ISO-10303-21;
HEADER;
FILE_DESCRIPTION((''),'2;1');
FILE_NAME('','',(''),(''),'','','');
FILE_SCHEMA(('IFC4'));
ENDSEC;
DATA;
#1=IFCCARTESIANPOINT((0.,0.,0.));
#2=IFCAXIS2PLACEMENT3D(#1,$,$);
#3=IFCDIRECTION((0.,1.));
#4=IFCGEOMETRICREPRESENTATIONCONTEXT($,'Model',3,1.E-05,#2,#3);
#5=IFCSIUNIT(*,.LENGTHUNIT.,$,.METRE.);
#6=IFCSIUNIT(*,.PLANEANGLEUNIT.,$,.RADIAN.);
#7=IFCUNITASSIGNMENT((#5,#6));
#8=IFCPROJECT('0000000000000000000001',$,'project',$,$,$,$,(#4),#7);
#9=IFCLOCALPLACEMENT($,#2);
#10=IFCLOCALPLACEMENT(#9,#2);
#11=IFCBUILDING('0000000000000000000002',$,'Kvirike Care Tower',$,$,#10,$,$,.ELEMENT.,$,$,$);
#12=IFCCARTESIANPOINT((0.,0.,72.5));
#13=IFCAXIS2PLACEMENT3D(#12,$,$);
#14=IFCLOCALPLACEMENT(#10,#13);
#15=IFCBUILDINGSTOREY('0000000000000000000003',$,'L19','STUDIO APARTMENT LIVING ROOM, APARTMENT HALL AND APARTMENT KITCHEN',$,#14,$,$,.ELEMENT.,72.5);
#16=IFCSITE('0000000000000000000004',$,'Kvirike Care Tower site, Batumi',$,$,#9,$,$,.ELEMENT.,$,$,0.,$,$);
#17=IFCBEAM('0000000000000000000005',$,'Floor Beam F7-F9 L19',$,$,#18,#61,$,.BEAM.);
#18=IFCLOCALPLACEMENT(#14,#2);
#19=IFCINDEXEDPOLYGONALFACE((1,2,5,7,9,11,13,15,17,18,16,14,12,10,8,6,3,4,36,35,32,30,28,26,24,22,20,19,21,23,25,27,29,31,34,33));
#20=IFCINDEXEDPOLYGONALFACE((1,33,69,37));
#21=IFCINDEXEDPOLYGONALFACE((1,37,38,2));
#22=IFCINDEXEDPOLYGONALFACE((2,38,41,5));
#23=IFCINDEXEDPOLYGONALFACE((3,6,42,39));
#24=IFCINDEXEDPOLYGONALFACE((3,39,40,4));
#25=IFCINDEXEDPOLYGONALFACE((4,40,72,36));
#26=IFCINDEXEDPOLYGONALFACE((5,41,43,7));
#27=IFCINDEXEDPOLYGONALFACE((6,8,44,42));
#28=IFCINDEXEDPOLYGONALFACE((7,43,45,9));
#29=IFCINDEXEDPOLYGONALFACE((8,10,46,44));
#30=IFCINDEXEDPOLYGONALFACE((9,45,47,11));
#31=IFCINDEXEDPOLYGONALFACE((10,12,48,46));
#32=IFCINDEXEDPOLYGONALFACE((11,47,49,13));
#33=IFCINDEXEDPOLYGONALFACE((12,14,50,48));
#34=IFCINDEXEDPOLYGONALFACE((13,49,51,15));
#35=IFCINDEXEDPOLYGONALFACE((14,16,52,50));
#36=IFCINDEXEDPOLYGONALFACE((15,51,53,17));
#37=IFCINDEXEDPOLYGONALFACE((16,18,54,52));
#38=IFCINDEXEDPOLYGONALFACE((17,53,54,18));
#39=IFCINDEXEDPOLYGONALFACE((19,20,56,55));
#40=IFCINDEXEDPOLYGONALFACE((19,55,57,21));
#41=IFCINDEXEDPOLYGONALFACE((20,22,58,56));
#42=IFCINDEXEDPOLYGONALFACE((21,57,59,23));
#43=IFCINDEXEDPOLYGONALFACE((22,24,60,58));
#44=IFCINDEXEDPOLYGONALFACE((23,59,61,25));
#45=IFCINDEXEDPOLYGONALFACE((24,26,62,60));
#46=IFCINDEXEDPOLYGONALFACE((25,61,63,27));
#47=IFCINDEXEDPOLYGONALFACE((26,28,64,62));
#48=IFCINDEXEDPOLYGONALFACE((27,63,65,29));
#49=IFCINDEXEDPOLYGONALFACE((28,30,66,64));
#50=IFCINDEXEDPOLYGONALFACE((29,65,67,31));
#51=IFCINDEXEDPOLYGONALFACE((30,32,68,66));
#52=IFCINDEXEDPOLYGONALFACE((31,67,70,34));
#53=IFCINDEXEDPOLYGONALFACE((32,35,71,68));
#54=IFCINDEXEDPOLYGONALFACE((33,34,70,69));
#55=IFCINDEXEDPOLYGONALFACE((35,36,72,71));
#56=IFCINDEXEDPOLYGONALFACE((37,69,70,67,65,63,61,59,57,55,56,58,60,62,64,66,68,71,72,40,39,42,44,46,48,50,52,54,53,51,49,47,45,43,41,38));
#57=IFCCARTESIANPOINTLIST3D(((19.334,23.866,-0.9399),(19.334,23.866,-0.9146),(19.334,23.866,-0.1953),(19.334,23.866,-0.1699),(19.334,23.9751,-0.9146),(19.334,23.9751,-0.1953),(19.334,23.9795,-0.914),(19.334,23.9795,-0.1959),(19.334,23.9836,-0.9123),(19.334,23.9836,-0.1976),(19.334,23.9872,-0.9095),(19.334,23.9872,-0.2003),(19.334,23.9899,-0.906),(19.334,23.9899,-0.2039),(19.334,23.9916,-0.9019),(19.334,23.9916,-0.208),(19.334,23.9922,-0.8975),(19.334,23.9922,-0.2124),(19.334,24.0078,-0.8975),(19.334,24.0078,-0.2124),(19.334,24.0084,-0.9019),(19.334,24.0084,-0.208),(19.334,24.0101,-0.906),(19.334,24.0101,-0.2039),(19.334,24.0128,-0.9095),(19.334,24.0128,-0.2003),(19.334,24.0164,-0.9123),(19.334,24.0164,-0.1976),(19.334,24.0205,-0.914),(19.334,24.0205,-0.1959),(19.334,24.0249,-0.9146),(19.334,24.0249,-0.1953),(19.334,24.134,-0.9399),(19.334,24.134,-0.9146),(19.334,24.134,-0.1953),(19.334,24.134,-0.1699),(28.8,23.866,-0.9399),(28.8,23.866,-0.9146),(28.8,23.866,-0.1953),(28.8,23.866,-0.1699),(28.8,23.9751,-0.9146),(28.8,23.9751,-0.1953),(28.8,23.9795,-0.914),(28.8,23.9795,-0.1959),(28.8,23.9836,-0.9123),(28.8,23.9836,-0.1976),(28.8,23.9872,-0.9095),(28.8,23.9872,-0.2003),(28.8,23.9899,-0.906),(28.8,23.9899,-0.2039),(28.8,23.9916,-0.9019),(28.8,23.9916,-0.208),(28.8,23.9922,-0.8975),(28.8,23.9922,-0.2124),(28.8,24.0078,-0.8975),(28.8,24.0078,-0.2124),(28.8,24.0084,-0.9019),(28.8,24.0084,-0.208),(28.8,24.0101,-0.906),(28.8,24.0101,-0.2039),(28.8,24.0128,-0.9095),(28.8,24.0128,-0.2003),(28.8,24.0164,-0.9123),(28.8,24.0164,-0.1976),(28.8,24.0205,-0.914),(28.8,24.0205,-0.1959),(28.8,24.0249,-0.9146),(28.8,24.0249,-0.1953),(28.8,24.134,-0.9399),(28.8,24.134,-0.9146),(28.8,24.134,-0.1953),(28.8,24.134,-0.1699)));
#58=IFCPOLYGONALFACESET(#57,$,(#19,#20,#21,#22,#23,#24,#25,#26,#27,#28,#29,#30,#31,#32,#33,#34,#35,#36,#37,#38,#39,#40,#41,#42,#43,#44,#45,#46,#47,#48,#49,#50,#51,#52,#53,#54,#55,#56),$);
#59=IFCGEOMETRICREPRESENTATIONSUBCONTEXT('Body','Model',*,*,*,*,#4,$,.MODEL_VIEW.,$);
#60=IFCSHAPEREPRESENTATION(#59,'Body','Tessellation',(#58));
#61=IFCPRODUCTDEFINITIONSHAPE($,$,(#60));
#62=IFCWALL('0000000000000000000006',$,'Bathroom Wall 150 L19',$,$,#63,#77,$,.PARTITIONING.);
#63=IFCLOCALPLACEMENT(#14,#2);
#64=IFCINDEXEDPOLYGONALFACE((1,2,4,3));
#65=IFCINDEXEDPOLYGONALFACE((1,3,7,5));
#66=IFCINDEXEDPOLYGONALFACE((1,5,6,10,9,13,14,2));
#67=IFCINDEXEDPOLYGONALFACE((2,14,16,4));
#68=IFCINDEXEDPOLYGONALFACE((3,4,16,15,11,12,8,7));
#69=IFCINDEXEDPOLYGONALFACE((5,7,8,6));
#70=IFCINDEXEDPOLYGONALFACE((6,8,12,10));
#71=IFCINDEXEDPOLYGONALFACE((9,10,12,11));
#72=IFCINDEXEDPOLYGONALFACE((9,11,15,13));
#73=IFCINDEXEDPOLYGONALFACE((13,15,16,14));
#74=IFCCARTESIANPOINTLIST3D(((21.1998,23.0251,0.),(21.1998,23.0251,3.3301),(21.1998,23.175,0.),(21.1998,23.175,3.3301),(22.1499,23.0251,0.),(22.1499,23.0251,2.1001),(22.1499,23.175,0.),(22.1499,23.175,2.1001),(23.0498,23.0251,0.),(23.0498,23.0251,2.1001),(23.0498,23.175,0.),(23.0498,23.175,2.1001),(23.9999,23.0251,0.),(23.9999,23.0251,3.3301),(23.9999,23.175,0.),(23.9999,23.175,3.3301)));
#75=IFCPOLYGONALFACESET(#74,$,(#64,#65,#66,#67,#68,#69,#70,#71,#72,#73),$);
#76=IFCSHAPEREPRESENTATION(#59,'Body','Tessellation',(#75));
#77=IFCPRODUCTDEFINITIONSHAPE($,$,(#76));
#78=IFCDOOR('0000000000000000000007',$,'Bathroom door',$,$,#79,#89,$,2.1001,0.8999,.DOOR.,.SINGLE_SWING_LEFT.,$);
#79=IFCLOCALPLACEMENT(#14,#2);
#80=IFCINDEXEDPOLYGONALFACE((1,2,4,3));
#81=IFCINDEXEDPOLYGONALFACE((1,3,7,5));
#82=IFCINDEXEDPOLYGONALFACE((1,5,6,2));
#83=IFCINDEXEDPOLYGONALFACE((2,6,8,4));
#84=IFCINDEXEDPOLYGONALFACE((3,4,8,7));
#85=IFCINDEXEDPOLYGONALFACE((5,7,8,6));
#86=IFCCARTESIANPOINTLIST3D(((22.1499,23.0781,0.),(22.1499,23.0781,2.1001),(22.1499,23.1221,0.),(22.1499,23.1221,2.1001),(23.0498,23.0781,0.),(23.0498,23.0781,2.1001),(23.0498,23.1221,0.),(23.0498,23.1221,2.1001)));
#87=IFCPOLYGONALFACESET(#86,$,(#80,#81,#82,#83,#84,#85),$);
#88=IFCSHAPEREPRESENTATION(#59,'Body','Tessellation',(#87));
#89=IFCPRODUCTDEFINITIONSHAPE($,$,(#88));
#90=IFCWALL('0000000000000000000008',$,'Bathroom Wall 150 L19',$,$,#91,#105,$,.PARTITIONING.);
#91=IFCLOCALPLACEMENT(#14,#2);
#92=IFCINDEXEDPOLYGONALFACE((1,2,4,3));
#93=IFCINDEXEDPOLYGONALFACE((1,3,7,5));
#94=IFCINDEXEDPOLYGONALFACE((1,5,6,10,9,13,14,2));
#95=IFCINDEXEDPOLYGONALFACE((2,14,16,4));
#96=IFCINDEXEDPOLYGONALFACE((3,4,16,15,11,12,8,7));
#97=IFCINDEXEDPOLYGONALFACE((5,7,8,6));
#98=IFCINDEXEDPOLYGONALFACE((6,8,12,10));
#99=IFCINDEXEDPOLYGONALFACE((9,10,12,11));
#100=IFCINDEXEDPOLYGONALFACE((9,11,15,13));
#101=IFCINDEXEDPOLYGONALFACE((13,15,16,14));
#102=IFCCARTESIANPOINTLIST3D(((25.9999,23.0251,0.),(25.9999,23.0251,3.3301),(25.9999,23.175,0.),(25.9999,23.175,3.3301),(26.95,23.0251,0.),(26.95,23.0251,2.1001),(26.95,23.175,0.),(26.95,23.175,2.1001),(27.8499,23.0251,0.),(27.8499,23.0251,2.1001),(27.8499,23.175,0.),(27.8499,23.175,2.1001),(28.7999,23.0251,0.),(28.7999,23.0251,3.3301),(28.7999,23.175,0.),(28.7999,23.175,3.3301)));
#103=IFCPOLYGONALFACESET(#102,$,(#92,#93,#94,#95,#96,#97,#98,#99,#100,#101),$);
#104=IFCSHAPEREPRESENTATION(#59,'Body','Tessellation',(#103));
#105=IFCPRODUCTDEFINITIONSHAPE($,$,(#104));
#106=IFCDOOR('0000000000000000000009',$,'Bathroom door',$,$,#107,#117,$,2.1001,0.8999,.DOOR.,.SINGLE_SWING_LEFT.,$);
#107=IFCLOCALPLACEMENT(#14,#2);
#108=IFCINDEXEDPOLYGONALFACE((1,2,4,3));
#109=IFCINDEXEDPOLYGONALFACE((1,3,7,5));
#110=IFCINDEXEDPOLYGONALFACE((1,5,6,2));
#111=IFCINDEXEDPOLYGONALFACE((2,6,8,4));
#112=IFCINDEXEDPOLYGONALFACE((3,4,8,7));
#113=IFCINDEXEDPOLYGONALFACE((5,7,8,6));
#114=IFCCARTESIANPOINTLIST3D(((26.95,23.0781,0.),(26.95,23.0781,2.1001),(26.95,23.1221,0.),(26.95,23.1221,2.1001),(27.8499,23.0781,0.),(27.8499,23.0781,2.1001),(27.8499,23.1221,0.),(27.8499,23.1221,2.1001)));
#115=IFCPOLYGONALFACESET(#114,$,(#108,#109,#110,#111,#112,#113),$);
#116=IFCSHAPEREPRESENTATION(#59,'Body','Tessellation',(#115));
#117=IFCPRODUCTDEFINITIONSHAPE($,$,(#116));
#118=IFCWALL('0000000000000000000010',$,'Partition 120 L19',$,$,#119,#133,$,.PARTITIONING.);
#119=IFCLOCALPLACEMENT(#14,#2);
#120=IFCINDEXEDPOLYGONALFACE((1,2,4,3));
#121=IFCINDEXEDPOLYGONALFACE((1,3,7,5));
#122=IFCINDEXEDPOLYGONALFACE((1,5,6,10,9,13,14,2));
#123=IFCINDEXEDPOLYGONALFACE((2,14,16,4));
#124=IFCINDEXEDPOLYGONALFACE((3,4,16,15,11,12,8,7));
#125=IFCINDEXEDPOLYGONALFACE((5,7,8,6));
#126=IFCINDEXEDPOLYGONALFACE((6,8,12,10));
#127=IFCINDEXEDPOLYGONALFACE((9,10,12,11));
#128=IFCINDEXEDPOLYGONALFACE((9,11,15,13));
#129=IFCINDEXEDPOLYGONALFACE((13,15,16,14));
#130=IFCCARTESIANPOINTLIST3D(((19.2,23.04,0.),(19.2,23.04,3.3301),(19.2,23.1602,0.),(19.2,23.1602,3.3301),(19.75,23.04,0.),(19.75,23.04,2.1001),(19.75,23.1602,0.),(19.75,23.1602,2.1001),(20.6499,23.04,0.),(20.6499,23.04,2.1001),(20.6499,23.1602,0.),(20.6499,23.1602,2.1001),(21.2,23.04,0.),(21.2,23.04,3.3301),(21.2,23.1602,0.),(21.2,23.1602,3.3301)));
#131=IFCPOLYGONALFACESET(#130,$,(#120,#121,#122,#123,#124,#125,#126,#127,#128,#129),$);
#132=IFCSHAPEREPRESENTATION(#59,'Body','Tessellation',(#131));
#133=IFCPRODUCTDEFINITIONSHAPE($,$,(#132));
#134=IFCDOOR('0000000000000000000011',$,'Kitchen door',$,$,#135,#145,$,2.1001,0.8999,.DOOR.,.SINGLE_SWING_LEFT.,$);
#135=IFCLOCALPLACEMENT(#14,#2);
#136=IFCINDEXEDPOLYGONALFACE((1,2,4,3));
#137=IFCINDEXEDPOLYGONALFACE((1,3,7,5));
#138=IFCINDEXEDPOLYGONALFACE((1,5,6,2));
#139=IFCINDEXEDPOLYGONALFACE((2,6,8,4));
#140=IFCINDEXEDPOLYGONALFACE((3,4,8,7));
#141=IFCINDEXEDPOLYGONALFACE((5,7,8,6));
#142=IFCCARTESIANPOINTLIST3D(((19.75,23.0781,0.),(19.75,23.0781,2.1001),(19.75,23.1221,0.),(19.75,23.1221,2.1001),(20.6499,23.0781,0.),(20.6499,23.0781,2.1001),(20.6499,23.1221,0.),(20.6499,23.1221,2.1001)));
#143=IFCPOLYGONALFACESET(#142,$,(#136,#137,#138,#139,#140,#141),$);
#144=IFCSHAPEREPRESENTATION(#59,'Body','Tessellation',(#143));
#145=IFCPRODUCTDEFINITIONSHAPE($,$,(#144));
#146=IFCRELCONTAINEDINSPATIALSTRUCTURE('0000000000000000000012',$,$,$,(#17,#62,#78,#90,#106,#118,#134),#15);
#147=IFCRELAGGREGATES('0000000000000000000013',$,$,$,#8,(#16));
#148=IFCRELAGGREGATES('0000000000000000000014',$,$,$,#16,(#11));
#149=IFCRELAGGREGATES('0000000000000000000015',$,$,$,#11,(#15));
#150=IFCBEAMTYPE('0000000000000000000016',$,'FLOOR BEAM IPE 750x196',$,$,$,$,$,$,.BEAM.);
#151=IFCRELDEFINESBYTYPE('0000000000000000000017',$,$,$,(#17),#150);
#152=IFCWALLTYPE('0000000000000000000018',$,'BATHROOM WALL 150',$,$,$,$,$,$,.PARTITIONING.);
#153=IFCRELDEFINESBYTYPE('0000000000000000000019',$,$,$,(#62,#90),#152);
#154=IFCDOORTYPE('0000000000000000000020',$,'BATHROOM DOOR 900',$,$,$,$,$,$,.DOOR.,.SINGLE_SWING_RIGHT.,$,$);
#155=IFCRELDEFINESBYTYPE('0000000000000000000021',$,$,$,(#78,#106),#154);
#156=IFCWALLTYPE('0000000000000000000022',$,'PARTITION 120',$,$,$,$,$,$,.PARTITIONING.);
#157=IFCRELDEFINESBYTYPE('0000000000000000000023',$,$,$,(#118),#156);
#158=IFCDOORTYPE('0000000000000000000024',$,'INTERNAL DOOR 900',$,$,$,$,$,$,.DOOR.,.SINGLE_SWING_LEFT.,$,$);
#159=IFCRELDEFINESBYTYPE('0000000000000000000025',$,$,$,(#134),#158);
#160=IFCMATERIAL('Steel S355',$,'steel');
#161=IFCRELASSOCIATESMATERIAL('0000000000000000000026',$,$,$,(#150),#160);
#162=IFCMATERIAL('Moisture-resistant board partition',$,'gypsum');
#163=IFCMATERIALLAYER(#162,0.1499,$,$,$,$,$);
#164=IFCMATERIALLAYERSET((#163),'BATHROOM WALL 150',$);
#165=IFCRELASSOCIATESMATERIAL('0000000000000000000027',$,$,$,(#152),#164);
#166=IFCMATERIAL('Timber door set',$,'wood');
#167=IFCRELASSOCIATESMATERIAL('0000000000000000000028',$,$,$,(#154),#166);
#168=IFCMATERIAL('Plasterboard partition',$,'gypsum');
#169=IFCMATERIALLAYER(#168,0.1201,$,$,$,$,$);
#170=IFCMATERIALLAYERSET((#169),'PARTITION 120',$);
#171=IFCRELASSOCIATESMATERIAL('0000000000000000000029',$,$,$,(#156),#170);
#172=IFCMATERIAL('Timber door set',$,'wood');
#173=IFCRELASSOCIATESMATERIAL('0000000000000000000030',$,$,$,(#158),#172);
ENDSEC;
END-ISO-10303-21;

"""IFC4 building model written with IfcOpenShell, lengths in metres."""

from ifc_helpers import new_model, si_unit, direction, frame, frame_2d, origin, origin_2d, place, context, subcontext, project, spatial, rectangle, i_section, extrude, material, layer, layer_set, material_profile, profile_set, type_object, element, fill, save


model = new_model("IFC4")

# Units and contexts
model_context = context("Model", 3, precision=1e-05, world=origin(), true_north=direction((0.0, 1.0)))
body_context = subcontext(model_context, "Body", "Model", "MODEL_VIEW")
ifc_project = project(units=[si_unit("LENGTHUNIT", "METRE"), si_unit("PLANEANGLEUNIT", "RADIAN")], contexts=[model_context])

# Site, building, storey
site_placement = place(None, origin())
site = spatial("IfcSite", under=ifc_project, at=site_placement, Name="Kvirike Care Tower site, Batumi", CompositionType="ELEMENT", RefElevation=0.0)
building_placement = place(site_placement, origin())
building = spatial("IfcBuilding", under=site, at=building_placement, Name="Kvirike Care Tower", CompositionType="ELEMENT")
storey_placement = place(building_placement, frame((0.0, 0.0, 72.5)))
storey = spatial("IfcBuildingStorey", under=building, at=storey_placement, Name="L19", Description="STUDIO APARTMENT LIVING ROOM, APARTMENT HALL AND APARTMENT KITCHEN", CompositionType="ELEMENT", Elevation=72.5)

# Beam
ifc_material_1 = material(Name="Steel S355", Category="steel")
ifc_material_profile = material_profile(ifc_material_1, i_section(OverallWidth=0.2681, OverallDepth=0.77, WebThickness=0.0156, FlangeThickness=0.0254, FilletRadius=0.0171, at=origin_2d()), Name="IPE 750x196")
ifc_profile_set = profile_set([ifc_material_profile], Name="Steel S355")
beam_type = type_object("IfcBeamType", Name="FLOOR BEAM IPE 750x196", PredefinedType="BEAM", material=ifc_profile_set)
beam_placement = place(storey_placement, frame((19.334, 24.0, -0.5549), z_axis=(1.0, 0.0, 0.0), x_axis=(0.0, 1.0, 0.0)))
element("IfcBeam", 1, at=beam_placement, inside=storey, type_object=beam_type, Name="Floor Beam F7-F9 L19", PredefinedType="BEAM", context=body_context, shape_type="SweptSolid", body=[
    extrude(i_section(OverallWidth=0.2681, OverallDepth=0.77, WebThickness=0.0156, FlangeThickness=0.0254, FilletRadius=0.0171, at=origin_2d()), origin(), (0.0, 0.0, 1.0), 9.4661),
])

# Walls, openings, doors
ifc_material_2 = material(Name="Moisture-resistant board partition", Category="gypsum")
ifc_layer_1 = layer(ifc_material_2, 0.1499)
ifc_layer_set_1 = layer_set([ifc_layer_1], Name="BATHROOM WALL 150")
wall_type_1 = type_object("IfcWallType", Name="BATHROOM WALL 150", PredefinedType="PARTITIONING", material=ifc_layer_set_1)
wall_1_placement = place(storey_placement, frame((21.2, 23.1001, 0.0), z_axis=(0.0, 0.0, 1.0), x_axis=(1.0, 0.0, 0.0)))
wall_1 = element("IfcWall", 2, at=wall_1_placement, inside=storey, type_object=wall_type_1, Name="Bathroom Wall 150 L19", PredefinedType="PARTITIONING", context=body_context, shape_type="SweptSolid", body=[
    extrude(rectangle(XDim=2.8, YDim=0.1499, at=frame_2d((1.3999, 0.0))), origin(), (0.0, 0.0, 1.0), 3.3301),
])
opening_1_placement = place(wall_1_placement, frame((0.95, 0.0, 0.0)))
opening_1 = element("IfcOpeningElement", 3, at=opening_1_placement, cuts=wall_1, PredefinedType="OPENING", context=body_context, shape_type="SweptSolid", body=[
    extrude(rectangle(XDim=0.8999, YDim=2.1001, at=frame_2d((0.45, 1.05))), frame((0.0, 0.0854, 0.0), z_axis=(0.0, -1.0, 0.0), x_axis=(1.0, 0.0, 0.0)), (0.0, 0.0, 1.0), 0.1709),
])
ifc_material_3 = material(Name="Timber door set", Category="wood")
door_type_1 = type_object("IfcDoorType", Name="BATHROOM DOOR 900", OperationType="SINGLE_SWING_RIGHT", PredefinedType="DOOR", material=ifc_material_3)
door_1_placement = place(opening_1_placement, frame((0.8999, 0.0, 0.0), z_axis=(0.0, 0.0, 1.0), x_axis=(-1.0, 0.0, 0.0)))
door_1 = element("IfcDoor", 4, at=door_1_placement, inside=storey, type_object=door_type_1, Name="Bathroom door", OperationType="SINGLE_SWING_LEFT", OverallHeight=2.1001, OverallWidth=0.8999, PredefinedType="DOOR", context=body_context, shape_type="SweptSolid", body=[
    extrude(rectangle(XDim=0.8999, YDim=2.1001, at=frame_2d((0.45, 1.05))), frame((0.0, 0.022, 0.0), z_axis=(0.0, -1.0, 0.0), x_axis=(1.0, 0.0, 0.0)), (0.0, 0.0, 1.0), 0.0439),
])
fill(opening_1, door_1)
wall_2_placement = place(storey_placement, frame((26.0, 23.1001, 0.0), z_axis=(0.0, 0.0, 1.0), x_axis=(1.0, 0.0, 0.0)))
wall_2 = element("IfcWall", 5, at=wall_2_placement, inside=storey, type_object=wall_type_1, Name="Bathroom Wall 150 L19", PredefinedType="PARTITIONING", context=body_context, shape_type="SweptSolid", body=[
    extrude(rectangle(XDim=2.8, YDim=0.1499, at=frame_2d((1.3999, 0.0))), origin(), (0.0, 0.0, 1.0), 3.3301),
])
opening_2_placement = place(wall_2_placement, frame((0.95, 0.0, 0.0)))
opening_2 = element("IfcOpeningElement", 6, at=opening_2_placement, cuts=wall_2, PredefinedType="OPENING", context=body_context, shape_type="SweptSolid", body=[
    extrude(rectangle(XDim=0.8999, YDim=2.1001, at=frame_2d((0.45, 1.05))), frame((0.0, 0.0854, 0.0), z_axis=(0.0, -1.0, 0.0), x_axis=(1.0, 0.0, 0.0)), (0.0, 0.0, 1.0), 0.1709),
])
door_2_placement = place(opening_2_placement, frame((0.8999, 0.0, 0.0), z_axis=(0.0, 0.0, 1.0), x_axis=(-1.0, 0.0, 0.0)))
door_2 = element("IfcDoor", 7, at=door_2_placement, inside=storey, type_object=door_type_1, Name="Bathroom door", OperationType="SINGLE_SWING_LEFT", OverallHeight=2.1001, OverallWidth=0.8999, PredefinedType="DOOR", context=body_context, shape_type="SweptSolid", body=[
    extrude(rectangle(XDim=0.8999, YDim=2.1001, at=frame_2d((0.45, 1.05))), frame((0.0, 0.022, 0.0), z_axis=(0.0, -1.0, 0.0), x_axis=(1.0, 0.0, 0.0)), (0.0, 0.0, 1.0), 0.0439),
])
fill(opening_2, door_2)
ifc_material_4 = material(Name="Plasterboard partition", Category="gypsum")
ifc_layer_2 = layer(ifc_material_4, 0.1201)
ifc_layer_set_2 = layer_set([ifc_layer_2], Name="PARTITION 120")
wall_type_2 = type_object("IfcWallType", Name="PARTITION 120", PredefinedType="PARTITIONING", material=ifc_layer_set_2)
wall_3_placement = place(storey_placement, frame((19.2, 23.1001, 0.0), z_axis=(0.0, 0.0, 1.0), x_axis=(1.0, 0.0, 0.0)))
wall_3 = element("IfcWall", 8, at=wall_3_placement, inside=storey, type_object=wall_type_2, Name="Partition 120 L19", PredefinedType="PARTITIONING", context=body_context, shape_type="SweptSolid", body=[
    extrude(rectangle(XDim=2.0, YDim=0.1201, at=frame_2d((1.0, 0.0))), origin(), (0.0, 0.0, 1.0), 3.3301),
])
opening_3_placement = place(wall_3_placement, frame((0.55, 0.0, 0.0)))
opening_3 = element("IfcOpeningElement", 9, at=opening_3_placement, cuts=wall_3, PredefinedType="OPENING", context=body_context, shape_type="SweptSolid", body=[
    extrude(rectangle(XDim=0.8999, YDim=2.1001, at=frame_2d((0.45, 1.05))), frame((0.0, 0.0706, 0.0), z_axis=(0.0, -1.0, 0.0), x_axis=(1.0, 0.0, 0.0)), (0.0, 0.0, 1.0), 0.1411),
])
ifc_material_5 = material(Name="Timber door set", Category="wood")
door_type_2 = type_object("IfcDoorType", Name="INTERNAL DOOR 900", OperationType="SINGLE_SWING_LEFT", PredefinedType="DOOR", material=ifc_material_5)
door_3_placement = place(opening_3_placement, frame((0.8999, 0.0, 0.0), z_axis=(0.0, 0.0, 1.0), x_axis=(-1.0, 0.0, 0.0)))
door_3 = element("IfcDoor", 10, at=door_3_placement, inside=storey, type_object=door_type_2, Name="Kitchen door", OperationType="SINGLE_SWING_LEFT", OverallHeight=2.1001, OverallWidth=0.8999, PredefinedType="DOOR", context=body_context, shape_type="SweptSolid", body=[
    extrude(rectangle(XDim=0.8999, YDim=2.1001, at=frame_2d((0.45, 1.05))), frame((0.0, 0.022, 0.0), z_axis=(0.0, -1.0, 0.0), x_axis=(1.0, 0.0, 0.0)), (0.0, 0.0, 1.0), 0.0439),
])
fill(opening_3, door_3)

save(model, "model.ifc")
